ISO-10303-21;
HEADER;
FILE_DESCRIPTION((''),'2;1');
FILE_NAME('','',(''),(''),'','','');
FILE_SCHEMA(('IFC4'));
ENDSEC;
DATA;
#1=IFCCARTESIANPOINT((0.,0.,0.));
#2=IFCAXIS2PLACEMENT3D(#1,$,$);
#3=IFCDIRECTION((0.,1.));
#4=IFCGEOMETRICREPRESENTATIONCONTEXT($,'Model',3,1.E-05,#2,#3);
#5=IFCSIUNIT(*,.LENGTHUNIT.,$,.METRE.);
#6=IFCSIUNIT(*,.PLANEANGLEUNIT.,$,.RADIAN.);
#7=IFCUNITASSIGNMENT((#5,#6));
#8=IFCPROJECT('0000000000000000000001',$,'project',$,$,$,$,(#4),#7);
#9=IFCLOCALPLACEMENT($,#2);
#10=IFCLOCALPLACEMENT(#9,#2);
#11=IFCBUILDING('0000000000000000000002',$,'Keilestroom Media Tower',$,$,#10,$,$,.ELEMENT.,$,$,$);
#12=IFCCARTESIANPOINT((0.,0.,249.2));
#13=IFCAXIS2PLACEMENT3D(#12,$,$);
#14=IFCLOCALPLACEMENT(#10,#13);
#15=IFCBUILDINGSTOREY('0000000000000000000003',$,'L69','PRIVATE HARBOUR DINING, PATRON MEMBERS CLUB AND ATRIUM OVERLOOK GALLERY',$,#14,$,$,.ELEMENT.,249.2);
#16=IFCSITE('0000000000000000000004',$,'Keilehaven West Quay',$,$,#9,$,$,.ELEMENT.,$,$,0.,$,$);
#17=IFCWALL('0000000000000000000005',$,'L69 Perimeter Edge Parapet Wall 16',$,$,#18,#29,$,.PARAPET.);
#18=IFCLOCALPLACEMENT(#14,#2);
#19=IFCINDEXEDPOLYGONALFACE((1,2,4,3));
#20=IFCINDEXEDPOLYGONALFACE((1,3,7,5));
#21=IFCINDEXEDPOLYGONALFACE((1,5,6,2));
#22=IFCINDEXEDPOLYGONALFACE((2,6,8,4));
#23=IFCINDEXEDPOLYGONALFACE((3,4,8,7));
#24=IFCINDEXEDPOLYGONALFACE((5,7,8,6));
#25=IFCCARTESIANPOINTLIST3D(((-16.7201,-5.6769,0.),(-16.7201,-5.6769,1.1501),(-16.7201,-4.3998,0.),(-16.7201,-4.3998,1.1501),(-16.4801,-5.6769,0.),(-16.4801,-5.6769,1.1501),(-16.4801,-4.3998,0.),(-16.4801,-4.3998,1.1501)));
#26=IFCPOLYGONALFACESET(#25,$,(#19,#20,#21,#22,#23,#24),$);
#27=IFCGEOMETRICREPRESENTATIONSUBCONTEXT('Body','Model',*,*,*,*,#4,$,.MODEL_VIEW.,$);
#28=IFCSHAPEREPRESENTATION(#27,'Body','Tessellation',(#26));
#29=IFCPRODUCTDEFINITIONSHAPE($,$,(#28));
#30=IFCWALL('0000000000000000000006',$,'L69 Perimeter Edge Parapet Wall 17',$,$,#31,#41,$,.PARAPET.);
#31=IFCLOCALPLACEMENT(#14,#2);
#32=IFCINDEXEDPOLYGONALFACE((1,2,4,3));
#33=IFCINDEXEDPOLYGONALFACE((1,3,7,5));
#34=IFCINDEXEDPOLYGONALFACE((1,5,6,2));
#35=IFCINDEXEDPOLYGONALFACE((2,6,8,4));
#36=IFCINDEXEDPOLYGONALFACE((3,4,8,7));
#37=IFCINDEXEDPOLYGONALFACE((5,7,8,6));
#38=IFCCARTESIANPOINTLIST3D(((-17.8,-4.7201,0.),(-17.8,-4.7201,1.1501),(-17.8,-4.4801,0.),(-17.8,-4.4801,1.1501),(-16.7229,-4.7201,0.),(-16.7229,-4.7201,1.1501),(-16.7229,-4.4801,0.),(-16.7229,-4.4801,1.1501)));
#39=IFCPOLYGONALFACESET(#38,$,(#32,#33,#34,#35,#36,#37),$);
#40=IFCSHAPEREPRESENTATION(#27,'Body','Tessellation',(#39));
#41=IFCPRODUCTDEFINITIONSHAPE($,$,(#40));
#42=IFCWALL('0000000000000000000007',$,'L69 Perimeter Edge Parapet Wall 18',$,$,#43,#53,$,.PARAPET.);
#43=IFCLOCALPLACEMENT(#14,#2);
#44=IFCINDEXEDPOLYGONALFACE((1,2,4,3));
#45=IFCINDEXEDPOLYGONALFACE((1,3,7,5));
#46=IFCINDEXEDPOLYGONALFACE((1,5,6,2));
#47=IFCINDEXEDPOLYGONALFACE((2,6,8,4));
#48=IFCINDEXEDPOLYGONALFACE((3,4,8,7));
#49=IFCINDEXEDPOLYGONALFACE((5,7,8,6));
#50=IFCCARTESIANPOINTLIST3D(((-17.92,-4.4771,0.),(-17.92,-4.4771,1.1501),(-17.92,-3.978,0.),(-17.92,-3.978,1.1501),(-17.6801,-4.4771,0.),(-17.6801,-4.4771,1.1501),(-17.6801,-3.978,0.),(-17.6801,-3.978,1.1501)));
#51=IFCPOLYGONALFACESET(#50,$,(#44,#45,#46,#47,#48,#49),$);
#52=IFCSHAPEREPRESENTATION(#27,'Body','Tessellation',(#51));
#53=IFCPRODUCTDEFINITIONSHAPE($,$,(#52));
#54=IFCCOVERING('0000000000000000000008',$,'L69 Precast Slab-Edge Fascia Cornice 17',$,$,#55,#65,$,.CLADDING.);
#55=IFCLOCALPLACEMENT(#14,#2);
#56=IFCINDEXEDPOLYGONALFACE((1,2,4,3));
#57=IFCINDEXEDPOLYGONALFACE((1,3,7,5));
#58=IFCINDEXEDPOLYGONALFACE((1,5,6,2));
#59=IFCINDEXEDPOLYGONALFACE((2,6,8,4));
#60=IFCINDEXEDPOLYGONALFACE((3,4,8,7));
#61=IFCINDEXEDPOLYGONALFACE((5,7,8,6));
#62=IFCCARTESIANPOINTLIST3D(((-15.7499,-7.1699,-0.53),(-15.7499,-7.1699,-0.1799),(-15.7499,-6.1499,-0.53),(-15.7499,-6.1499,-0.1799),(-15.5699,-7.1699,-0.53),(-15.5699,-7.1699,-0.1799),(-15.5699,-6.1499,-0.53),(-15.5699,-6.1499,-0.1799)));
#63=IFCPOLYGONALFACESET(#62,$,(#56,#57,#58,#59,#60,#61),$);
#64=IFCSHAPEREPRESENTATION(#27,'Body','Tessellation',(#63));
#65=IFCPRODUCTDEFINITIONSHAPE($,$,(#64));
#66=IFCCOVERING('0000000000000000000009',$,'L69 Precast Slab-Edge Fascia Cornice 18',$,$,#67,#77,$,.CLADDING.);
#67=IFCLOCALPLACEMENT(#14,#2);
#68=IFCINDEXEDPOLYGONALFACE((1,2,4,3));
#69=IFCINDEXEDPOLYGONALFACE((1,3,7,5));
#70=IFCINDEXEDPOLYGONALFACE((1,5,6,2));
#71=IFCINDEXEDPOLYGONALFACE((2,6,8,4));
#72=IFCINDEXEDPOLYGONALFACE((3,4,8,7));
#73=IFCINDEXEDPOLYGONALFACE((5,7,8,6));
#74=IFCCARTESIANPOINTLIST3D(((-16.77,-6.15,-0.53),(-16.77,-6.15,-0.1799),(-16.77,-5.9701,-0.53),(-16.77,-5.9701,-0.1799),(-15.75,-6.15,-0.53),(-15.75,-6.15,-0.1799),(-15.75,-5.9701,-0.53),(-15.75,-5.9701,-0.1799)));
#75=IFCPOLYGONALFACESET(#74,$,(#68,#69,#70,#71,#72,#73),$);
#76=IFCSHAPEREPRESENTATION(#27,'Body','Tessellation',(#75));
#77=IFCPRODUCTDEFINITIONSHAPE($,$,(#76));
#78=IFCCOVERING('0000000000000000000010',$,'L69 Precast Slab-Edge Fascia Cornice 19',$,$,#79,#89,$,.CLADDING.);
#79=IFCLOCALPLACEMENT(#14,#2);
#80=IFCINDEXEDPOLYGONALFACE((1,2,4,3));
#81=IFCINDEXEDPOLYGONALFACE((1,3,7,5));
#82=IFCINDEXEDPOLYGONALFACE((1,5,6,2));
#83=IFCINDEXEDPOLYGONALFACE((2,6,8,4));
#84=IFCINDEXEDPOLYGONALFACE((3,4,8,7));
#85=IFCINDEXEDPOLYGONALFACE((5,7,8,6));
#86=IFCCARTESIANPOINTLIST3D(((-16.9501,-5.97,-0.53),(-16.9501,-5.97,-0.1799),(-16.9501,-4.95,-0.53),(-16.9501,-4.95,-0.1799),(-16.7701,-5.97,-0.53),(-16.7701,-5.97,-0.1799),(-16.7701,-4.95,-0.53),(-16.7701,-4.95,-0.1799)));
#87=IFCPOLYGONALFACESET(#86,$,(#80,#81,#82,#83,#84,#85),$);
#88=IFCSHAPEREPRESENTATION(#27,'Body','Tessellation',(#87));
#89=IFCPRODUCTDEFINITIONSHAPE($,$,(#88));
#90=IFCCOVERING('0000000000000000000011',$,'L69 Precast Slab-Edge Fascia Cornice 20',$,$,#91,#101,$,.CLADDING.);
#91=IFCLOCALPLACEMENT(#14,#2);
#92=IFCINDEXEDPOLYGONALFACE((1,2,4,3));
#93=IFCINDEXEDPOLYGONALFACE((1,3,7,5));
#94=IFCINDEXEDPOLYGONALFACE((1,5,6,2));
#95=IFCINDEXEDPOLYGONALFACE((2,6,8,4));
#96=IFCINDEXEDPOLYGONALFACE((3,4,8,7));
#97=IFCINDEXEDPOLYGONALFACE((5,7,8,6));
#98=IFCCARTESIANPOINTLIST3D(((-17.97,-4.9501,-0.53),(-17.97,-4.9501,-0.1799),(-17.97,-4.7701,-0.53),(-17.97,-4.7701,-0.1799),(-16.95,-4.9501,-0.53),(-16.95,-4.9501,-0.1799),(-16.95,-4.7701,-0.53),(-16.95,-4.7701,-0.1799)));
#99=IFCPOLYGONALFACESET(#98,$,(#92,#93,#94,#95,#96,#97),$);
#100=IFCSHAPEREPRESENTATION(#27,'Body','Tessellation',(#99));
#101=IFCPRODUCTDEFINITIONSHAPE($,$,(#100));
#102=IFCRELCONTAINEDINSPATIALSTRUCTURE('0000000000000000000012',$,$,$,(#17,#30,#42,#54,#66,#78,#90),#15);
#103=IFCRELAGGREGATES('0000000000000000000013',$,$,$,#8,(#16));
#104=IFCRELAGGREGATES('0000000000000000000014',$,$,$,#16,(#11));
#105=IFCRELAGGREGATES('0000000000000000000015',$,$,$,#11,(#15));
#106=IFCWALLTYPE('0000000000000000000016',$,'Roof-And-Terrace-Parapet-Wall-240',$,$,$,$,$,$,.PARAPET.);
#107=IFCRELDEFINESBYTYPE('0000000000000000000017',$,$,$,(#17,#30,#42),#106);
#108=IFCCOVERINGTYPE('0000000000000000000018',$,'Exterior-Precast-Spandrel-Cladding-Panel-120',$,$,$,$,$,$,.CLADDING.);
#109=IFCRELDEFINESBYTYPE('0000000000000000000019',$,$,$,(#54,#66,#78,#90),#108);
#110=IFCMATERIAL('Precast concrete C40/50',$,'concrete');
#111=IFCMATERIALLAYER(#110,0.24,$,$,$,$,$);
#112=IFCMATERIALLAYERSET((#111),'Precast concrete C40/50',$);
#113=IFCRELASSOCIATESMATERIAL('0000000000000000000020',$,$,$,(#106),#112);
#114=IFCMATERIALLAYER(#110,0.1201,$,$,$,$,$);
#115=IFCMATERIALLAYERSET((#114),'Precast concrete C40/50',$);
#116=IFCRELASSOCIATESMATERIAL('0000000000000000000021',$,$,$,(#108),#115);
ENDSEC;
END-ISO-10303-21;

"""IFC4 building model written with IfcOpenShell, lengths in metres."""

from ifc_helpers import new_model, si_unit, direction, frame, frame_2d, origin, origin_2d, place, context, subcontext, project, spatial, rectangle, extrude, source, transform, mapped, material, layer, layer_set, type_object, element, save


model = new_model("IFC4")

# Units and contexts
model_context = context("Model", 3, precision=1e-05, world=origin(), true_north=direction((0.0, 1.0)))
body_context = subcontext(model_context, "Body", "Model", "MODEL_VIEW")
ifc_project = project(units=[si_unit("LENGTHUNIT", "METRE"), si_unit("PLANEANGLEUNIT", "RADIAN")], contexts=[model_context])

# Site, building, storey
site_placement = place(None, origin())
site = spatial("IfcSite", under=ifc_project, at=site_placement, Name="Keilehaven West Quay", CompositionType="ELEMENT", RefElevation=0.0)
building_placement = place(site_placement, origin())
building = spatial("IfcBuilding", under=site, at=building_placement, Name="Keilestroom Media Tower", CompositionType="ELEMENT")
storey_placement = place(building_placement, frame((0.0, 0.0, 249.2)))
storey = spatial("IfcBuildingStorey", under=building, at=storey_placement, Name="L69", Description="PRIVATE HARBOUR DINING, PATRON MEMBERS CLUB AND ATRIUM OVERLOOK GALLERY", CompositionType="ELEMENT", Elevation=249.2)

# Shared definitions
ifc_material_1 = material(Name="Precast concrete C40/50", Category="concrete")

# Walls
ifc_layer_1 = layer(ifc_material_1, 0.24)
ifc_layer_set_1 = layer_set([ifc_layer_1], Name="Precast concrete C40/50")
wall_type = type_object("IfcWallType", Name="Roof-And-Terrace-Parapet-Wall-240", PredefinedType="PARAPET", material=ifc_layer_set_1)
wall_1_placement = place(storey_placement, frame((-16.6001, -5.677, 0.0), z_axis=(0.0, 0.0, 1.0), x_axis=(0.0, 1.0, 0.0)))
element("IfcWall", 1, at=wall_1_placement, inside=storey, type_object=wall_type, Name="L69 Perimeter Edge Parapet Wall 16", PredefinedType="PARAPET", context=body_context, shape_type="SweptSolid", body=[
    extrude(rectangle(XDim=1.2771, YDim=0.24, at=frame_2d((0.6387, 0.0))), origin(), (0.0, 0.0, 1.0), 1.1501),
])
wall_2_placement = place(storey_placement, frame((-16.7229, -4.6001, 0.0), z_axis=(0.0, 0.0, 1.0), x_axis=(-1.0, 0.0, 0.0)))
element("IfcWall", 2, at=wall_2_placement, inside=storey, type_object=wall_type, Name="L69 Perimeter Edge Parapet Wall 17", PredefinedType="PARAPET", context=body_context, shape_type="SweptSolid", body=[
    extrude(rectangle(XDim=1.0771, YDim=0.24, at=frame_2d((0.5386, 0.0))), origin(), (0.0, 0.0, 1.0), 1.1501),
])
wall_3_placement = place(storey_placement, frame((-17.8, -4.4771, 0.0), z_axis=(0.0, 0.0, 1.0), x_axis=(0.0, 1.0, 0.0)))
element("IfcWall", 3, at=wall_3_placement, inside=storey, type_object=wall_type, Name="L69 Perimeter Edge Parapet Wall 18", PredefinedType="PARAPET", context=body_context, shape_type="SweptSolid", body=[
    extrude(rectangle(XDim=0.499, YDim=0.24, at=frame_2d((0.2495, 0.0))), origin(), (0.0, 0.0, 1.0), 1.1501),
])

# Coverings
ifc_layer_2 = layer(ifc_material_1, 0.1201)
ifc_layer_set_2 = layer_set([ifc_layer_2], Name="Precast concrete C40/50")
covering_type = type_object("IfcCoveringType", Name="Exterior-Precast-Spandrel-Cladding-Panel-120", PredefinedType="CLADDING", material=ifc_layer_set_2)
shared_shape_1 = source(origin(), body_context, "Body", "SweptSolid", [
    extrude(rectangle(XDim=1.02, YDim=0.1799, at=origin_2d()), origin(), (0.0, 0.0, 1.0), 0.3501),
])
for number, where, z_axis, x_axis, name in (
    (4, (-15.6599, -6.6599, -0.53), (0.0, 0.0, 1.0), (0.0, 1.0, 0.0), "L69 Precast Slab-Edge Fascia Cornice 17"),
    (5, (-16.26, -6.0601, -0.53), (0.0, 0.0, 1.0), (-1.0, 0.0, 0.0), "L69 Precast Slab-Edge Fascia Cornice 18"),
    (6, (-16.8601, -5.46, -0.53), (0.0, 0.0, 1.0), (0.0, 1.0, 0.0), "L69 Precast Slab-Edge Fascia Cornice 19"),
    (7, (-17.46, -4.8601, -0.53), (0.0, 0.0, 1.0), (-1.0, 0.0, 0.0), "L69 Precast Slab-Edge Fascia Cornice 20"),
):
    element("IfcCovering", number, at=place(storey_placement, frame(where, z_axis=z_axis, x_axis=x_axis)), inside=storey, type_object=covering_type, Name=name, PredefinedType="CLADDING", context=body_context, shape_type="MappedRepresentation", body=[
        mapped(shared_shape_1, transform((0.0, 0.0, 0.0), x_axis=(1.0, 0.0, 0.0), y_axis=(0.0, 1.0, 0.0), z_axis=(0.0, 0.0, 1.0), scale=1.0)),
    ])

save(model, "model.ifc")
